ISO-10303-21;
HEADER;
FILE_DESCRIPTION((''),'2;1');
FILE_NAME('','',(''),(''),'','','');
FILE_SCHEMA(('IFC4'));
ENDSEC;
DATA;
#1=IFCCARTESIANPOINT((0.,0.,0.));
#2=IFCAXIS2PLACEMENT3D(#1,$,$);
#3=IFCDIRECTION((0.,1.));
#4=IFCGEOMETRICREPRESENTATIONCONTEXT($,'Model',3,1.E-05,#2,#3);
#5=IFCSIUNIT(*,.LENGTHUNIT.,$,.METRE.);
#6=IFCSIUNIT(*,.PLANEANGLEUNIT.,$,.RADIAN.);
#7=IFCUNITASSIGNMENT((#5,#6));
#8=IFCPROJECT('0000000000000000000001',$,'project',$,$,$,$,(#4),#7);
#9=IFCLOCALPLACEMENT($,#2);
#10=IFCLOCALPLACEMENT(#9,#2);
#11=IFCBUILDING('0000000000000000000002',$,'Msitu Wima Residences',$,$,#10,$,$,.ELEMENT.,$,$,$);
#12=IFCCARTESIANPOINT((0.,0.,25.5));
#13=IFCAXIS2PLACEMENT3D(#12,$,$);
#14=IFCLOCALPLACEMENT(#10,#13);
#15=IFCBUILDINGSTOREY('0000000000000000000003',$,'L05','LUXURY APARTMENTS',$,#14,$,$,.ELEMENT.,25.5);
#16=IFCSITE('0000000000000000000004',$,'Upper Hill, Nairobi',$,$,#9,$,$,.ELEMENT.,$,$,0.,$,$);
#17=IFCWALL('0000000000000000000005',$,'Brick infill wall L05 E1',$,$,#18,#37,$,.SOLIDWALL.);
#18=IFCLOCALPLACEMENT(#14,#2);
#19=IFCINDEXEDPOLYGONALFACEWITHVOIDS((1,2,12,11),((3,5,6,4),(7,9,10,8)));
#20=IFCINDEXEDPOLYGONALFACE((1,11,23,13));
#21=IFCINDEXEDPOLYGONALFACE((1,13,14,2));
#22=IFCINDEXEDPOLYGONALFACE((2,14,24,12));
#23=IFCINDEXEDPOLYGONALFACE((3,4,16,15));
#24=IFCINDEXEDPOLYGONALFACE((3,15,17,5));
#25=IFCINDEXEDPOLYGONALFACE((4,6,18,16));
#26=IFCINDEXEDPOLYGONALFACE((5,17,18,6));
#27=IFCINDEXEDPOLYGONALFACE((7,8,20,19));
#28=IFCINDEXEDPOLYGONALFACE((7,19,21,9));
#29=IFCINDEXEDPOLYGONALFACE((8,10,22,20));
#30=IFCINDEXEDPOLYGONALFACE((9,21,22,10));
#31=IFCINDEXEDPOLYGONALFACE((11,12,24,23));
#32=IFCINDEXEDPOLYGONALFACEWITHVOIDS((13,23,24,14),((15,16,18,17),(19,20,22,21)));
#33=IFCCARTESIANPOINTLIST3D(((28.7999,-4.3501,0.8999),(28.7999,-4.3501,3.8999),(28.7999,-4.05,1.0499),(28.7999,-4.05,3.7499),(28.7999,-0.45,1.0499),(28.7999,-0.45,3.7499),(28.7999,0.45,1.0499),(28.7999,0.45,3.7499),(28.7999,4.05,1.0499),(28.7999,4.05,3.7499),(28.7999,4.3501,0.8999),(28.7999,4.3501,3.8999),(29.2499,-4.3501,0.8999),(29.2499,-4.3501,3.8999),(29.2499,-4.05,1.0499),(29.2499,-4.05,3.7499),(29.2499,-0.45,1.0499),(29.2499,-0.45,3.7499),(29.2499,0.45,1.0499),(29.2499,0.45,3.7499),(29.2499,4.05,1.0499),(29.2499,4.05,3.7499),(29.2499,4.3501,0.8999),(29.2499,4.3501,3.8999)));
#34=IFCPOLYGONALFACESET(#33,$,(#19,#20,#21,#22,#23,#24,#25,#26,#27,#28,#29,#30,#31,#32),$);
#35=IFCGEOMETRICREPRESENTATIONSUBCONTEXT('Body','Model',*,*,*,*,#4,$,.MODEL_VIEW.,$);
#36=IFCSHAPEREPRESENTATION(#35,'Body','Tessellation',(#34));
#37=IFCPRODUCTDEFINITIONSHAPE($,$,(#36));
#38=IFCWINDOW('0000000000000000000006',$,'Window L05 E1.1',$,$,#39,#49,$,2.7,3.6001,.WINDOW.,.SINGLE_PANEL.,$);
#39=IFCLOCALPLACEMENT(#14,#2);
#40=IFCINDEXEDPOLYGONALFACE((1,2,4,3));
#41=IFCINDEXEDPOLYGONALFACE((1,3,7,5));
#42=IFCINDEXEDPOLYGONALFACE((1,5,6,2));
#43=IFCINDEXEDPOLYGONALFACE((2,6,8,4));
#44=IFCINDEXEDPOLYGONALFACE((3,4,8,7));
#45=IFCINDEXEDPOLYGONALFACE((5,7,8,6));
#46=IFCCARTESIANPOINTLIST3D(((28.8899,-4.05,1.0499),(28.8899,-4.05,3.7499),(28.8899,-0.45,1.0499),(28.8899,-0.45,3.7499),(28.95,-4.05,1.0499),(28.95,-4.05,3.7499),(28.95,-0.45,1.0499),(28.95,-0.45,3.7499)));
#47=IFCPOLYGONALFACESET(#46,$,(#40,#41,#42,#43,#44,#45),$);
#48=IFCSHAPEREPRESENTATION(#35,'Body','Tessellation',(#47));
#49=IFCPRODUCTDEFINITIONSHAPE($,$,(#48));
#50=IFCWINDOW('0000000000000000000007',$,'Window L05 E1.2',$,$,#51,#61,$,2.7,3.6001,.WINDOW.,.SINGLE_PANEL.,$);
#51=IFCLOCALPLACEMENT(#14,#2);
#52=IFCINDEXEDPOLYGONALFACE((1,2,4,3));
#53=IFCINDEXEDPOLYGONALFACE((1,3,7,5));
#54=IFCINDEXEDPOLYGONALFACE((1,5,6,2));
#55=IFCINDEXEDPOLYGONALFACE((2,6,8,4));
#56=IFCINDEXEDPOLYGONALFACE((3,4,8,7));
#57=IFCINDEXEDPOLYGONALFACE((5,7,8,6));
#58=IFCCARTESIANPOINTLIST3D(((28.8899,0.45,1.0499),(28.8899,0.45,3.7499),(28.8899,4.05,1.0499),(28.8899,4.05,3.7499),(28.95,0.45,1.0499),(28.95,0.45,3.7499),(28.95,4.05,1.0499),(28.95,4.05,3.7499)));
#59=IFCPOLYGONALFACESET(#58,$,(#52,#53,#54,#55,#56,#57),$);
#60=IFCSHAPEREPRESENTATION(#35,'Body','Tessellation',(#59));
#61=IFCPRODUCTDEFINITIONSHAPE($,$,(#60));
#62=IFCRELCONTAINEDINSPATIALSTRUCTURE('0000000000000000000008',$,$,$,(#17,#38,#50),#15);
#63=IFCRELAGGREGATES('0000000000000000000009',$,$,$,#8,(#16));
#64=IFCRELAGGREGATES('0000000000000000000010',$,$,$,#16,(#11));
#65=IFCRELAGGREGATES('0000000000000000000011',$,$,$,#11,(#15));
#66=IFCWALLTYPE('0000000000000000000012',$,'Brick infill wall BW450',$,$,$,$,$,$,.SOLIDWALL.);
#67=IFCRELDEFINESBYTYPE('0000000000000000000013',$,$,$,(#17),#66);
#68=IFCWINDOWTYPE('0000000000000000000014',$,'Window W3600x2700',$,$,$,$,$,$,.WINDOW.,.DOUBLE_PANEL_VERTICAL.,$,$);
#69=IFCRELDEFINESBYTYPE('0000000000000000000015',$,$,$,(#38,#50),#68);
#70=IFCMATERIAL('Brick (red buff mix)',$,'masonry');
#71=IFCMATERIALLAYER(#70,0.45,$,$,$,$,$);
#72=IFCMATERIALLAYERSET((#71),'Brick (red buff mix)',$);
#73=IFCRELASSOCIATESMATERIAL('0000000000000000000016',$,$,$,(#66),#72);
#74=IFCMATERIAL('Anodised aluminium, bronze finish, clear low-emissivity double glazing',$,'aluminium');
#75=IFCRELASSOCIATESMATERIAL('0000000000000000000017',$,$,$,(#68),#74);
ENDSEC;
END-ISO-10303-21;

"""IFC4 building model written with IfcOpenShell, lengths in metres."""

from ifc_helpers import new_model, si_unit, direction, frame, frame_2d, origin, place, context, subcontext, project, spatial, rectangle, extrude, material, layer, layer_set, type_object, element, fill, save


model = new_model("IFC4")

# Units and contexts
model_context = context("Model", 3, precision=1e-05, world=origin(), true_north=direction((0.0, 1.0)))
body_context = subcontext(model_context, "Body", "Model", "MODEL_VIEW")
ifc_project = project(units=[si_unit("LENGTHUNIT", "METRE"), si_unit("PLANEANGLEUNIT", "RADIAN")], contexts=[model_context])

# Site, building, storey
site_placement = place(None, origin())
site = spatial("IfcSite", under=ifc_project, at=site_placement, Name="Upper Hill, Nairobi", CompositionType="ELEMENT", RefElevation=0.0)
building_placement = place(site_placement, origin())
building = spatial("IfcBuilding", under=site, at=building_placement, Name="Msitu Wima Residences", CompositionType="ELEMENT")
storey_placement = place(building_placement, frame((0.0, 0.0, 25.5)))
storey = spatial("IfcBuildingStorey", under=building, at=storey_placement, Name="L05", Description="LUXURY APARTMENTS", CompositionType="ELEMENT", Elevation=25.5)

# Shared definitions
ifc_material_1 = material(Name="Brick (red buff mix)", Category="masonry")
ifc_layer_1 = layer(ifc_material_1, 0.45)
ifc_layer_set_1 = layer_set([ifc_layer_1], Name="Brick (red buff mix)")
wall_type_1 = type_object("IfcWallType", Name="Brick infill wall BW450", PredefinedType="SOLIDWALL", material=ifc_layer_set_1)
ifc_material_2 = material(Name="Anodised aluminium, bronze finish, clear low-emissivity double glazing", Category="aluminium")
window_type = type_object("IfcWindowType", Name="Window W3600x2700", PartitioningType="DOUBLE_PANEL_VERTICAL", PredefinedType="WINDOW", material=ifc_material_2)

# Wall, openings, windows
wall_1_placement = place(storey_placement, frame((29.0249, -4.3501, 0.8999), z_axis=(0.0, 0.0, 1.0), x_axis=(0.0, 1.0, 0.0)))
wall_1 = element("IfcWall", 1, at=wall_1_placement, inside=storey, type_object=wall_type_1, Name="Brick infill wall L05 E1", PredefinedType="SOLIDWALL", context=body_context, shape_type="SweptSolid", body=[
    extrude(rectangle(XDim=8.7002, YDim=0.45, at=frame_2d((4.3501, 0.0))), origin(), (0.0, 0.0, 1.0), 3.0),
])
opening_1_placement = place(wall_1_placement, frame((0.3, 0.0, 0.1499)))
opening_1 = element("IfcOpeningElement", 2, at=opening_1_placement, cuts=wall_1, PredefinedType="OPENING", context=body_context, shape_type="SweptSolid", body=[
    extrude(rectangle(XDim=3.6001, YDim=2.7, at=frame_2d((1.8, 1.3501))), frame((0.0, 0.2349, 0.0), z_axis=(0.0, -1.0, 0.0), x_axis=(1.0, 0.0, 0.0)), (0.0, 0.0, 1.0), 0.47),
])
opening_2_placement = place(wall_1_placement, frame((4.8, 0.0, 0.1499)))
opening_2 = element("IfcOpeningElement", 3, at=opening_2_placement, cuts=wall_1, PredefinedType="OPENING", context=body_context, shape_type="SweptSolid", body=[
    extrude(rectangle(XDim=3.6001, YDim=2.7, at=frame_2d((1.8, 1.3501))), frame((0.0, 0.2349, 0.0), z_axis=(0.0, -1.0, 0.0), x_axis=(1.0, 0.0, 0.0)), (0.0, 0.0, 1.0), 0.47),
])
window_1_placement = place(opening_1_placement, origin())
window_1 = element("IfcWindow", 4, at=window_1_placement, inside=storey, type_object=window_type, Name="Window L05 E1.1", OverallHeight=2.7, OverallWidth=3.6001, PartitioningType="SINGLE_PANEL", PredefinedType="WINDOW", context=body_context, shape_type="SweptSolid", body=[
    extrude(rectangle(XDim=3.6001, YDim=2.7, at=frame_2d((1.8, 1.3501))), frame((0.0, 0.135, 0.0), z_axis=(0.0, -1.0, 0.0), x_axis=(1.0, 0.0, 0.0)), (0.0, 0.0, 1.0), 0.0601),
])
fill(opening_1, window_1)
window_2_placement = place(opening_2_placement, origin())
window_2 = element("IfcWindow", 5, at=window_2_placement, inside=storey, type_object=window_type, Name="Window L05 E1.2", OverallHeight=2.7, OverallWidth=3.6001, PartitioningType="SINGLE_PANEL", PredefinedType="WINDOW", context=body_context, shape_type="SweptSolid", body=[
    extrude(rectangle(XDim=3.6001, YDim=2.7, at=frame_2d((1.8, 1.3501))), frame((0.0, 0.135, 0.0), z_axis=(0.0, -1.0, 0.0), x_axis=(1.0, 0.0, 0.0)), (0.0, 0.0, 1.0), 0.0601),
])
fill(opening_2, window_2)

save(model, "model.ifc")
